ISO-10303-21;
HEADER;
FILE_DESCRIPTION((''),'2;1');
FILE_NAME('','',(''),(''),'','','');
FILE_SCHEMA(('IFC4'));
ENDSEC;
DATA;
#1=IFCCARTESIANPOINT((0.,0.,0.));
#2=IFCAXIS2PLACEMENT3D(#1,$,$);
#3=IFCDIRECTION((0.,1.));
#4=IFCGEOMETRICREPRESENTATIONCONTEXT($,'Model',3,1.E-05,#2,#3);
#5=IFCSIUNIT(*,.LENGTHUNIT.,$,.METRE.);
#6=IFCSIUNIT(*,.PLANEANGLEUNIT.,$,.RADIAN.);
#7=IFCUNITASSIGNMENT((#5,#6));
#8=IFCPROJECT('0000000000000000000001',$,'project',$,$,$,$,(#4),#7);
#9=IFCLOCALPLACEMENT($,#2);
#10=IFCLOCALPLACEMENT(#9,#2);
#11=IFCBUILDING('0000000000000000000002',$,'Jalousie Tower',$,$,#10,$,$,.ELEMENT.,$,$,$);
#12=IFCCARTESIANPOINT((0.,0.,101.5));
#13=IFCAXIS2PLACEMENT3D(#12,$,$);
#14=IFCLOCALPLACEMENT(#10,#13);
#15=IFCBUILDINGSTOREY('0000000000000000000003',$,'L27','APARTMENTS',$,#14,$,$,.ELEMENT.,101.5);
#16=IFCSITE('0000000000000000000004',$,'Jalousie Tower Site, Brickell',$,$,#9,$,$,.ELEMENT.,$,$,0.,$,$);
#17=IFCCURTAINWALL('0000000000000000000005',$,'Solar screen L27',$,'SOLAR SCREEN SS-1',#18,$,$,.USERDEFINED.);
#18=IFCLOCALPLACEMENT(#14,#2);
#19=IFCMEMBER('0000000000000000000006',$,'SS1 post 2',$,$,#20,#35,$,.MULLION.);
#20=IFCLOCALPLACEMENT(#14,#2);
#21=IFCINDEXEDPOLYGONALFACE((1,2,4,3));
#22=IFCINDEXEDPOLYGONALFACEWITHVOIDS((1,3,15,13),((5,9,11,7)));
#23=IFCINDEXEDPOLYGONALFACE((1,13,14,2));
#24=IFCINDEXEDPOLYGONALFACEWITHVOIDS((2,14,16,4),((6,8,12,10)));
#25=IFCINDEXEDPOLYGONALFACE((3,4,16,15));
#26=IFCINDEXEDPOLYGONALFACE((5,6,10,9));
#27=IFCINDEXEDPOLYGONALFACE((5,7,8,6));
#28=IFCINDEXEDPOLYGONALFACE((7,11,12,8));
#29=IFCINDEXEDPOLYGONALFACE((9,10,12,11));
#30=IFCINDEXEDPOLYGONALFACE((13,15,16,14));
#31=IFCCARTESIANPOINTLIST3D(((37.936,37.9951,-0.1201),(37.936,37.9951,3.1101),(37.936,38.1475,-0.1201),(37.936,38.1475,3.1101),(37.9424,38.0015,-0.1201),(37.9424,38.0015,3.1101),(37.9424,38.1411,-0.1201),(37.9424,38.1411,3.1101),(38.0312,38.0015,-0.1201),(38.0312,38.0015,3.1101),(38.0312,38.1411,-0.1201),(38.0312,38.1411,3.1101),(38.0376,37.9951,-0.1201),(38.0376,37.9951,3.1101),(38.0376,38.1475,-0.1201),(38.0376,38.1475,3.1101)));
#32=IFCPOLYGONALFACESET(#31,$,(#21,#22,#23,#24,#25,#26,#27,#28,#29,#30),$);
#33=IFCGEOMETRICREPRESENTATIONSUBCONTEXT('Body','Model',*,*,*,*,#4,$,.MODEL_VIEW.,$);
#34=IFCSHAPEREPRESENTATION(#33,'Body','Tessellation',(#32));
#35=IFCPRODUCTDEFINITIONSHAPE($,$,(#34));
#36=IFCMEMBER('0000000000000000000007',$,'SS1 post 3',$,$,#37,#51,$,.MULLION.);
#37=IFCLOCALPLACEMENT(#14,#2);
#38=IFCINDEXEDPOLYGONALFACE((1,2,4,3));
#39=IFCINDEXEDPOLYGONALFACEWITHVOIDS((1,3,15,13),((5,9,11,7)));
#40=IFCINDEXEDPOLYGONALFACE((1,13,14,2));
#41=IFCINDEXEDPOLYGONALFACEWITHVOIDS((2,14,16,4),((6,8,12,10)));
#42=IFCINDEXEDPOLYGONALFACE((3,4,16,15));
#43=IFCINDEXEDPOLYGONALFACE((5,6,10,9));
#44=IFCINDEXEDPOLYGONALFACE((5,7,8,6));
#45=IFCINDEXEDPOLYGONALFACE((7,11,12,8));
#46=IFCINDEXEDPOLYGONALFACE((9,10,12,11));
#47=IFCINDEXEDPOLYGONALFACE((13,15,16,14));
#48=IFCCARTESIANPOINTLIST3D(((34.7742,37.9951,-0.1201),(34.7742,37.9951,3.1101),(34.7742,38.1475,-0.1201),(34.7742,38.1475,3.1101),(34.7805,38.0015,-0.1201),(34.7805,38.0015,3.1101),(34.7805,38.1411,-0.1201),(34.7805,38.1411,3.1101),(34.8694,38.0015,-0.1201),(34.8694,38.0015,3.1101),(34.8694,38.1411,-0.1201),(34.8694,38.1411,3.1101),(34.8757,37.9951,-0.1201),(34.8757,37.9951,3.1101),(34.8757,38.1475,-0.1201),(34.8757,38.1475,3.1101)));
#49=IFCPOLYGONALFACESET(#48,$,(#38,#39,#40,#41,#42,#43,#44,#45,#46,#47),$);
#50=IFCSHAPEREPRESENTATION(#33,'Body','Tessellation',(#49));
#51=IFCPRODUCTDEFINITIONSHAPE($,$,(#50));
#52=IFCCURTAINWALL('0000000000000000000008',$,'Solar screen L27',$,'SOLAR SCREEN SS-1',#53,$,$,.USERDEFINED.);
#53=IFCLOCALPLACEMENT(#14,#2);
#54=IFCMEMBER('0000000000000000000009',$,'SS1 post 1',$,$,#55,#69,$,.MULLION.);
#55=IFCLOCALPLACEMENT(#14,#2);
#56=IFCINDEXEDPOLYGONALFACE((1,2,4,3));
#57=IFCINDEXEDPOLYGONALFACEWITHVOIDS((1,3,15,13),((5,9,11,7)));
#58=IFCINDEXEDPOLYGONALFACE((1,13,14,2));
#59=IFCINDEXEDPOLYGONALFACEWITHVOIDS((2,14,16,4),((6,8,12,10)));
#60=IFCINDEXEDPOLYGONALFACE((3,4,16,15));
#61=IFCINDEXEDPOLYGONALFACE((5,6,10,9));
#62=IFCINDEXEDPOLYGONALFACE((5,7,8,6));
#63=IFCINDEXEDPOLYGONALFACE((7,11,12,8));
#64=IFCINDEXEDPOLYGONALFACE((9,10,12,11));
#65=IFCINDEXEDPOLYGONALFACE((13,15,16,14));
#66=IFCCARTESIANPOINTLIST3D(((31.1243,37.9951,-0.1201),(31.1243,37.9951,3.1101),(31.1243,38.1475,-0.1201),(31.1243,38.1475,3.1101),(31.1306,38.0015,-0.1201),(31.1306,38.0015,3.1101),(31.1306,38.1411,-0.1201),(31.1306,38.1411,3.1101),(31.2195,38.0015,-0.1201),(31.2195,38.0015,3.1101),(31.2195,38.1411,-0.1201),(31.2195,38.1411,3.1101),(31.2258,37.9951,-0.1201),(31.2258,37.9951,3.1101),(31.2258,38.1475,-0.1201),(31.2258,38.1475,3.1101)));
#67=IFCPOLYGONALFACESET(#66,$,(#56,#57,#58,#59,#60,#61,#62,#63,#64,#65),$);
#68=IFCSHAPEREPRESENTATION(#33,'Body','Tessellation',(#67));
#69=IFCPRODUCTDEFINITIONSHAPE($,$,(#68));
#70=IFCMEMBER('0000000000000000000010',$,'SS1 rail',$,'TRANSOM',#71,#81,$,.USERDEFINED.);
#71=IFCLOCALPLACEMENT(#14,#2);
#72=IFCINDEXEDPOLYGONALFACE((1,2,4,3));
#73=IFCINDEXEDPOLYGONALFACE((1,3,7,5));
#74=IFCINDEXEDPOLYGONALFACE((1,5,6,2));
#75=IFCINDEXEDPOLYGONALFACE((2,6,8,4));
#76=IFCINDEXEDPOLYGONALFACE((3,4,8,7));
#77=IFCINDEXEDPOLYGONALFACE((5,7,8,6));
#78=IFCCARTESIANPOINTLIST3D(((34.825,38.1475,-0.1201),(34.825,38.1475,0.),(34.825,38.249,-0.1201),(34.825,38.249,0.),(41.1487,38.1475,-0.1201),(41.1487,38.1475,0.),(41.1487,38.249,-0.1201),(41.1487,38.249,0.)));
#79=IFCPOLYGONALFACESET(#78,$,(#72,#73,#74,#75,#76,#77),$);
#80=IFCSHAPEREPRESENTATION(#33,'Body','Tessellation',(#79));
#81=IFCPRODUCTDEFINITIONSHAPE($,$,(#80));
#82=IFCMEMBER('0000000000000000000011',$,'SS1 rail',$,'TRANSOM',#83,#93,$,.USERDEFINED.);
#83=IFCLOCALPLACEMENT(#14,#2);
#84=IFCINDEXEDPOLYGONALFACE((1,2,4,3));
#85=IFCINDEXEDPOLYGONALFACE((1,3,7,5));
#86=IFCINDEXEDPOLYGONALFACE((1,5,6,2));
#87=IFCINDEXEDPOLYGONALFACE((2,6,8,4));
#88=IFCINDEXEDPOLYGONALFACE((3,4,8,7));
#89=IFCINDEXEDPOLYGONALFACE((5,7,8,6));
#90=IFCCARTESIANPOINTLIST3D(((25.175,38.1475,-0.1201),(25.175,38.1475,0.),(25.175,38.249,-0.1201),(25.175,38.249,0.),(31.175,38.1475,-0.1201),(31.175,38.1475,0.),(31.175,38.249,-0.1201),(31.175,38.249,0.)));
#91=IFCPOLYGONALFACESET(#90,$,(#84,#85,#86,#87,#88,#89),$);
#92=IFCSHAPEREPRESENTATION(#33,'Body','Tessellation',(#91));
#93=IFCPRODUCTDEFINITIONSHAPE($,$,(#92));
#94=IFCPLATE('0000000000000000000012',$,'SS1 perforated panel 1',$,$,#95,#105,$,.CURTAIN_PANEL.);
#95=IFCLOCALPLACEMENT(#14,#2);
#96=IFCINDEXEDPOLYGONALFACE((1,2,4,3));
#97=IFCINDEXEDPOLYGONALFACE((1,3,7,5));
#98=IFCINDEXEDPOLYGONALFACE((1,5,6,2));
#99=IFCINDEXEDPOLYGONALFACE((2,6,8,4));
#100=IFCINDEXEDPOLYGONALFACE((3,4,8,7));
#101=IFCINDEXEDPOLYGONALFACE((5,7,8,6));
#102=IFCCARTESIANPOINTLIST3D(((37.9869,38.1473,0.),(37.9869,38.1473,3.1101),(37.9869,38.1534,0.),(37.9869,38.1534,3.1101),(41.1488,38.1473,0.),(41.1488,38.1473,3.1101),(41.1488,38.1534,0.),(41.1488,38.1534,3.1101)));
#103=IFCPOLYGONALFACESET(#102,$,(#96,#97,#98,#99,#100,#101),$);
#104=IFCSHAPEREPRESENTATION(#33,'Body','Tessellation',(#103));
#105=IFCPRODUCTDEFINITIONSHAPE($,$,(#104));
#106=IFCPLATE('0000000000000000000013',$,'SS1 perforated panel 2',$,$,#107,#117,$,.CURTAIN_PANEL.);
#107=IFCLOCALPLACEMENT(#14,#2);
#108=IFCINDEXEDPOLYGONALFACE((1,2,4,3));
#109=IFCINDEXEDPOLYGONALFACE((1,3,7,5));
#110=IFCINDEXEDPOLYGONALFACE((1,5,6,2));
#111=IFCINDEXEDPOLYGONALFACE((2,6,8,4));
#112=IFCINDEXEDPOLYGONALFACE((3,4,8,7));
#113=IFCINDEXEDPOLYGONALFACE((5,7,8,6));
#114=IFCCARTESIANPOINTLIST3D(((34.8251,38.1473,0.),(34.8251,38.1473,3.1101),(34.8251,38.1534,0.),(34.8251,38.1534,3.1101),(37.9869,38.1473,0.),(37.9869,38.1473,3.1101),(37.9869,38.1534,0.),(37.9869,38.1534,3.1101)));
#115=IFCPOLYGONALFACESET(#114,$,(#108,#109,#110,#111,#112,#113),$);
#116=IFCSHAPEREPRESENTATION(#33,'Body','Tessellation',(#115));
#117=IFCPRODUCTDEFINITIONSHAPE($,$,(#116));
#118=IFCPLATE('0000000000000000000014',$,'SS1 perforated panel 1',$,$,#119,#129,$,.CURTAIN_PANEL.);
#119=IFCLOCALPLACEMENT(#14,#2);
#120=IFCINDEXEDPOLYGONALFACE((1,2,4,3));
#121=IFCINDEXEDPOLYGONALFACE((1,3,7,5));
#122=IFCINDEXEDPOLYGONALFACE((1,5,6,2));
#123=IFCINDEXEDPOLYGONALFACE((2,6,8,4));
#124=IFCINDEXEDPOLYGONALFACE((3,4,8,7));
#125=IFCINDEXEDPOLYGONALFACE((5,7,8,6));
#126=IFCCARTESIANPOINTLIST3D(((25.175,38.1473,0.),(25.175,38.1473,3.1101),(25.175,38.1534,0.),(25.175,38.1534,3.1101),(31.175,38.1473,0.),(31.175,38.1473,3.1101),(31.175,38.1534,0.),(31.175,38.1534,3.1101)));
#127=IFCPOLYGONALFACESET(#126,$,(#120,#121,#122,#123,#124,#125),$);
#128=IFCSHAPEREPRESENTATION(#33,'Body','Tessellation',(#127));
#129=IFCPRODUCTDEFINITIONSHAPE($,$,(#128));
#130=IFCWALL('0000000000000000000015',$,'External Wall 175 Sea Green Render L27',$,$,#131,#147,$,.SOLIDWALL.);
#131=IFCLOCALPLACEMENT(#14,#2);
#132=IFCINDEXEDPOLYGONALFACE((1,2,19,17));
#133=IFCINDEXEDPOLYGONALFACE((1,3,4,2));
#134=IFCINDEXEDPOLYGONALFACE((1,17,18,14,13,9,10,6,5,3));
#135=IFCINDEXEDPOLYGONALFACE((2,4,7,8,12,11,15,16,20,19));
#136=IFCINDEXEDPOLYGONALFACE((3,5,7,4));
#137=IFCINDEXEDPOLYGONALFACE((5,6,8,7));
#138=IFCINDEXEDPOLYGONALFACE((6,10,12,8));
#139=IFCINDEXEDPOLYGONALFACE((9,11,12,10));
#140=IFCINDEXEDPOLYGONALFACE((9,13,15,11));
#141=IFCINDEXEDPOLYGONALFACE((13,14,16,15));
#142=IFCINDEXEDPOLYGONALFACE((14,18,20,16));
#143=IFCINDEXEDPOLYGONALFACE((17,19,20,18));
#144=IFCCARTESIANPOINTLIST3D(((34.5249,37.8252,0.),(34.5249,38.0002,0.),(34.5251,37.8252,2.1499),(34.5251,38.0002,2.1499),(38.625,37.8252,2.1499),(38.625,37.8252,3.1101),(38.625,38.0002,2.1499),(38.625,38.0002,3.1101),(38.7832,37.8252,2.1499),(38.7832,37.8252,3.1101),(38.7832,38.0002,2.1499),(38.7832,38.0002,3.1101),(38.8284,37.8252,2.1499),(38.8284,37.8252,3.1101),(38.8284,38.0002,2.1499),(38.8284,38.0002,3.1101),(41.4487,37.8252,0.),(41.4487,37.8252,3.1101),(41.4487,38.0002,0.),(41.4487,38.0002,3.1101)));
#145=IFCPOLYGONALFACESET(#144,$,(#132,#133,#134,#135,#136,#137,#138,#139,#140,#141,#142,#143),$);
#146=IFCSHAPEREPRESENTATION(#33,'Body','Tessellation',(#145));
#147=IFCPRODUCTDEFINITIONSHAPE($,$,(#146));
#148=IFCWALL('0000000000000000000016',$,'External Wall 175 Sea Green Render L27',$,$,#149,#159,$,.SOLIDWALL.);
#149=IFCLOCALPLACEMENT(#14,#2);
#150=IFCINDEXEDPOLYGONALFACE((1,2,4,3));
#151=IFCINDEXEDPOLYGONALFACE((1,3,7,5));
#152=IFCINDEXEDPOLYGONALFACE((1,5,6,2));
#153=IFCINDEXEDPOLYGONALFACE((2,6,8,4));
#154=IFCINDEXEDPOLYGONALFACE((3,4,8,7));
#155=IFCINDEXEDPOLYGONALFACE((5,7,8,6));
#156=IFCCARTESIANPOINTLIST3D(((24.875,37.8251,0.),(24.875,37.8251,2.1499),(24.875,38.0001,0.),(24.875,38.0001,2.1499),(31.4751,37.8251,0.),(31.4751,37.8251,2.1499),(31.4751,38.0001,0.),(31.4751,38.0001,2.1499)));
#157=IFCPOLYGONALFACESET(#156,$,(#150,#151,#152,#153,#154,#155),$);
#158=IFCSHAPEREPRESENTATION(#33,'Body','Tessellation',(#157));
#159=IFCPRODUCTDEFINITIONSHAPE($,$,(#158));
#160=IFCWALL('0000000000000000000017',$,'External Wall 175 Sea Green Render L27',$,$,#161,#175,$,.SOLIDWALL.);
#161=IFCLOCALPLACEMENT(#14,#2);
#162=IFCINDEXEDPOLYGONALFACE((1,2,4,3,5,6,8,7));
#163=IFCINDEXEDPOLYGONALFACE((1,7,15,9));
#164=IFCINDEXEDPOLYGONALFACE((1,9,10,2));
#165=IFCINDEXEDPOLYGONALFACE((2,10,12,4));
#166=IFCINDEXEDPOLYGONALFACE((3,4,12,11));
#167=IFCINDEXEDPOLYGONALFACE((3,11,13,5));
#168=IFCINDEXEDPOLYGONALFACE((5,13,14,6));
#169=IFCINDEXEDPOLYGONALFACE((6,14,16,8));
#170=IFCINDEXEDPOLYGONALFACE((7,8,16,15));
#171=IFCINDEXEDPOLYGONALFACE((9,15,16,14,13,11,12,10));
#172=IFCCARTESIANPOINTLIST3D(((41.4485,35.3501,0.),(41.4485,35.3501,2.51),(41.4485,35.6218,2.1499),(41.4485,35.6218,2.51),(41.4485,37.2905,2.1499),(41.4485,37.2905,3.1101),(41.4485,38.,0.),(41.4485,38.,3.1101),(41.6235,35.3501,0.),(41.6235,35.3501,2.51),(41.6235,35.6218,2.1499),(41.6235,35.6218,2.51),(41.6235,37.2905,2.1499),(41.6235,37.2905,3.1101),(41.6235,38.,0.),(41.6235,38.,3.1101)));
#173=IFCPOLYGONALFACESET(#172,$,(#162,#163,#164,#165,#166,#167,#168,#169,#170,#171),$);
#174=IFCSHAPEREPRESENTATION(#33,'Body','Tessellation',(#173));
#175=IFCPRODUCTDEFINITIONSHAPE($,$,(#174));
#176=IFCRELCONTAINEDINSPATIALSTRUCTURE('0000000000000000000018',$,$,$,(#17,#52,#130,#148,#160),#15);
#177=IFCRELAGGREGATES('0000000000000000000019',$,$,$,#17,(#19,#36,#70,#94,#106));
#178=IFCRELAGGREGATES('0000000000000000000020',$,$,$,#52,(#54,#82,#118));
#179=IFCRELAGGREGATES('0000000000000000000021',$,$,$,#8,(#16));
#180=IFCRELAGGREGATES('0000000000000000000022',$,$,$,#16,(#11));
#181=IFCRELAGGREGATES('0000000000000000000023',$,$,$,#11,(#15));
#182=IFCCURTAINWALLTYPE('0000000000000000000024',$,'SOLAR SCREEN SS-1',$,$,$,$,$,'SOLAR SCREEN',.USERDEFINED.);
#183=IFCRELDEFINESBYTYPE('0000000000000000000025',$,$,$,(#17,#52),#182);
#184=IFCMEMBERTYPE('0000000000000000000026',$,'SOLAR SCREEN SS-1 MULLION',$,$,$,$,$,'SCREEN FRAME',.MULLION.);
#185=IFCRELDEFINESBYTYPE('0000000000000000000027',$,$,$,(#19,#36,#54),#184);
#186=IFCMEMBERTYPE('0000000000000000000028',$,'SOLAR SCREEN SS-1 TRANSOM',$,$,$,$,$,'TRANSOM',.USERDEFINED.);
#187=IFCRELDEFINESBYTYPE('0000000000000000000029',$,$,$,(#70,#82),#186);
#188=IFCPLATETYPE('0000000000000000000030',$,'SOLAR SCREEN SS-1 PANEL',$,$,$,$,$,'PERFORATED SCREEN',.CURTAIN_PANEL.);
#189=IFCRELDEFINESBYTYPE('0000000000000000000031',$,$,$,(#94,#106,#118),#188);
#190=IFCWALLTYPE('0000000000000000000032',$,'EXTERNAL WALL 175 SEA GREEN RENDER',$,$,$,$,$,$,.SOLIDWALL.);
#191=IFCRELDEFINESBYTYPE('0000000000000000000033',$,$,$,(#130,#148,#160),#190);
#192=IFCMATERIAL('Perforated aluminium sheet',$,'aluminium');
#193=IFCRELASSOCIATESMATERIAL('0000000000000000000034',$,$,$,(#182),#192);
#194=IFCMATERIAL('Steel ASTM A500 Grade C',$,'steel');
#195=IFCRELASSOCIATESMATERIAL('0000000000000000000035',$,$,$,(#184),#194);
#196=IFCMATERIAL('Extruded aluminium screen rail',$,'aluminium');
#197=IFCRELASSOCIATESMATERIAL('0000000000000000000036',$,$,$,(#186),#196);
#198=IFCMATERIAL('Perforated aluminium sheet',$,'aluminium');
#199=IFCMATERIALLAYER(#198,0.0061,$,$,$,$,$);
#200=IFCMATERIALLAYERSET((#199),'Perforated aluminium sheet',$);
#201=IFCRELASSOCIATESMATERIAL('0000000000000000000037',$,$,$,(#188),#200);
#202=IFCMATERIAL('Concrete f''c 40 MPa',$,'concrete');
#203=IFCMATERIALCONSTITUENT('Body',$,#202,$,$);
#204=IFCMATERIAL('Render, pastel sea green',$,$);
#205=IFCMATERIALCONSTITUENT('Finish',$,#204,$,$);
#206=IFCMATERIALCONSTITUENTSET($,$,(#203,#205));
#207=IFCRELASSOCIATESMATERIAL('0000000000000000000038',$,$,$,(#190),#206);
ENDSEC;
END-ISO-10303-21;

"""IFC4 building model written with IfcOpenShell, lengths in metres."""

from ifc_helpers import new_model, si_unit, direction, frame, frame_2d, origin, origin_2d, place, context, subcontext, project, spatial, polyline, rectangle, hollow_rectangle, outline, extrude, material, layer, layer_set, constituent, constituent_set, material_profile, profile_set, type_object, element, aggregate, save


model = new_model("IFC4")

# Units and contexts
model_context = context("Model", 3, precision=1e-05, world=origin(), true_north=direction((0.0, 1.0)))
body_context = subcontext(model_context, "Body", "Model", "MODEL_VIEW")
ifc_project = project(units=[si_unit("LENGTHUNIT", "METRE"), si_unit("PLANEANGLEUNIT", "RADIAN")], contexts=[model_context])

# Site, building, storey
site_placement = place(None, origin())
site = spatial("IfcSite", under=ifc_project, at=site_placement, Name="Jalousie Tower Site, Brickell", CompositionType="ELEMENT", RefElevation=0.0)
building_placement = place(site_placement, origin())
building = spatial("IfcBuilding", under=site, at=building_placement, Name="Jalousie Tower", CompositionType="ELEMENT")
storey_placement = place(building_placement, frame((0.0, 0.0, 101.5)))
storey = spatial("IfcBuildingStorey", under=building, at=storey_placement, Name="L27", Description="APARTMENTS", CompositionType="ELEMENT", Elevation=101.5)

# Curtain wall, members
ifc_material_1 = material(Name="Perforated aluminium sheet", Category="aluminium")
curtain_wall_type = type_object("IfcCurtainWallType", Name="SOLAR SCREEN SS-1", ElementType="SOLAR SCREEN", PredefinedType="USERDEFINED", material=ifc_material_1)
curtain_wall_1_placement = place(storey_placement, origin())
curtain_wall_1 = element("IfcCurtainWall", 1, at=curtain_wall_1_placement, inside=storey, type_object=curtain_wall_type, Name="Solar screen L27", ObjectType="SOLAR SCREEN SS-1", PredefinedType="USERDEFINED")
ifc_material_2 = material(Name="Steel ASTM A500 Grade C", Category="steel")
ifc_material_profile_1 = material_profile(ifc_material_2, hollow_rectangle(XDim=0.1016, YDim=0.1523, WallThickness=0.0063, at=origin_2d()), Name="HSS6X4X1/4")
ifc_profile_set_1 = profile_set([ifc_material_profile_1], Name="Steel ASTM A500 Grade C")
member_type_1 = type_object("IfcMemberType", Name="SOLAR SCREEN SS-1 MULLION", ElementType="SCREEN FRAME", PredefinedType="MULLION", material=ifc_profile_set_1)
member_1_placement = place(storey_placement, frame((37.9868, 38.0713, -0.1201), z_axis=(0.0, 0.0, 1.0), x_axis=(-1.0, 0.0, 0.0)))
member_1 = element("IfcMember", 2, at=member_1_placement, type_object=member_type_1, Name="SS1 post 2", PredefinedType="MULLION", context=body_context, shape_type="SweptSolid", body=[
    extrude(hollow_rectangle(XDim=0.1016, YDim=0.1523, WallThickness=0.0063, at=origin_2d()), origin(), (0.0, 0.0, 1.0), 3.2302),
])
member_2_placement = place(storey_placement, frame((34.825, 38.0713, -0.1201), z_axis=(0.0, 0.0, 1.0), x_axis=(-1.0, 0.0, 0.0)))
member_2 = element("IfcMember", 3, at=member_2_placement, type_object=member_type_1, Name="SS1 post 3", PredefinedType="MULLION", context=body_context, shape_type="SweptSolid", body=[
    extrude(hollow_rectangle(XDim=0.1016, YDim=0.1523, WallThickness=0.0063, at=origin_2d()), origin(), (0.0, 0.0, 1.0), 3.2302),
])

# Curtain wall, member
curtain_wall_2_placement = place(storey_placement, origin())
curtain_wall_2 = element("IfcCurtainWall", 4, at=curtain_wall_2_placement, inside=storey, type_object=curtain_wall_type, Name="Solar screen L27", ObjectType="SOLAR SCREEN SS-1", PredefinedType="USERDEFINED")
member_3_placement = place(storey_placement, frame((31.175, 38.0713, -0.1201), z_axis=(0.0, 0.0, 1.0), x_axis=(-1.0, 0.0, 0.0)))
member_3 = element("IfcMember", 5, at=member_3_placement, type_object=member_type_1, Name="SS1 post 1", PredefinedType="MULLION", context=body_context, shape_type="SweptSolid", body=[
    extrude(hollow_rectangle(XDim=0.1016, YDim=0.1523, WallThickness=0.0063, at=origin_2d()), origin(), (0.0, 0.0, 1.0), 3.2302),
])

# Members
ifc_material_3 = material(Name="Extruded aluminium screen rail", Category="aluminium")
ifc_material_profile_2 = material_profile(ifc_material_3, rectangle(XDim=0.1016, YDim=0.1201, at=origin_2d()), Name="RAIL 102x120")
ifc_profile_set_2 = profile_set([ifc_material_profile_2], Name="Extruded aluminium screen rail")
member_type_2 = type_object("IfcMemberType", Name="SOLAR SCREEN SS-1 TRANSOM", ElementType="TRANSOM", PredefinedType="USERDEFINED", material=ifc_profile_set_2)
member_4_placement = place(storey_placement, frame((41.1487, 38.1982, -0.0601), z_axis=(-1.0, 0.0, 0.0), x_axis=(0.0, -1.0, 0.0)))
member_4 = element("IfcMember", 6, at=member_4_placement, type_object=member_type_2, Name="SS1 rail", ObjectType="TRANSOM", PredefinedType="USERDEFINED", context=body_context, shape_type="SweptSolid", body=[
    extrude(rectangle(XDim=0.1016, YDim=0.1201, at=origin_2d()), origin(), (0.0, 0.0, 1.0), 6.3237),
])
member_5_placement = place(storey_placement, frame((31.175, 38.1982, -0.0601), z_axis=(-1.0, 0.0, 0.0), x_axis=(0.0, -1.0, 0.0)))
member_5 = element("IfcMember", 7, at=member_5_placement, type_object=member_type_2, Name="SS1 rail", ObjectType="TRANSOM", PredefinedType="USERDEFINED", context=body_context, shape_type="SweptSolid", body=[
    extrude(rectangle(XDim=0.1016, YDim=0.1201, at=origin_2d()), origin(), (0.0, 0.0, 1.0), 6.0),
])

# Plates
ifc_material_4 = material(Name="Perforated aluminium sheet", Category="aluminium")
ifc_layer_1 = layer(ifc_material_4, 0.0061)
ifc_layer_set_1 = layer_set([ifc_layer_1], Name="Perforated aluminium sheet")
plate_type = type_object("IfcPlateType", Name="SOLAR SCREEN SS-1 PANEL", ElementType="PERFORATED SCREEN", PredefinedType="CURTAIN_PANEL", material=ifc_layer_set_1)
plate_1_placement = place(storey_placement, frame((39.5679, 38.1504, 0.0), z_axis=(0.0, 0.0, 1.0), x_axis=(-1.0, 0.0, 0.0)))
plate_1 = element("IfcPlate", 8, at=plate_1_placement, type_object=plate_type, Name="SS1 perforated panel 1", PredefinedType="CURTAIN_PANEL", context=body_context, shape_type="SweptSolid", body=[
    extrude(rectangle(XDim=3.1619, YDim=0.0061, at=origin_2d()), origin(), (0.0, 0.0, 1.0), 3.1101),
])
plate_2_placement = place(storey_placement, frame((36.406, 38.1504, 0.0), z_axis=(0.0, 0.0, 1.0), x_axis=(-1.0, 0.0, 0.0)))
plate_2 = element("IfcPlate", 9, at=plate_2_placement, type_object=plate_type, Name="SS1 perforated panel 2", PredefinedType="CURTAIN_PANEL", context=body_context, shape_type="SweptSolid", body=[
    extrude(rectangle(XDim=3.1619, YDim=0.0061, at=origin_2d()), origin(), (0.0, 0.0, 1.0), 3.1101),
])
aggregate(curtain_wall_1, [member_1, member_2, member_4, plate_1, plate_2])
plate_3_placement = place(storey_placement, frame((28.175, 38.1504, 0.0), z_axis=(0.0, 0.0, 1.0), x_axis=(-1.0, 0.0, 0.0)))
plate_3 = element("IfcPlate", 10, at=plate_3_placement, type_object=plate_type, Name="SS1 perforated panel 1", PredefinedType="CURTAIN_PANEL", context=body_context, shape_type="SweptSolid", body=[
    extrude(rectangle(XDim=6.0, YDim=0.0061, at=origin_2d()), origin(), (0.0, 0.0, 1.0), 3.1101),
])
aggregate(curtain_wall_2, [member_3, member_5, plate_3])

# Walls
ifc_material_5 = material(Name="Concrete f'c 40 MPa", Category="concrete")
ifc_constituent_1 = constituent(ifc_material_5, Name="Body")
ifc_material_6 = material(Name="Render, pastel sea green")
ifc_constituent_2 = constituent(ifc_material_6, Name="Finish")
ifc_constituent_set_1 = constituent_set(constituents=[ifc_constituent_1, ifc_constituent_2])
wall_type_1 = type_object("IfcWallType", Name="EXTERNAL WALL 175 SEA GREEN RENDER", PredefinedType="SOLIDWALL", material=ifc_constituent_set_1)
wall_1_placement = place(storey_placement, frame((41.4487, 37.9126, 0.0), z_axis=(0.0, 0.0, 1.0), x_axis=(-1.0, 0.0, 0.0)))
element("IfcWall", 11, at=wall_1_placement, inside=storey, type_object=wall_type_1, Name="External Wall 175 Sea Green Render L27", PredefinedType="SOLIDWALL", context=body_context, shape_type="SweptSolid", body=[
    extrude(outline(polyline([(0.0, 0.0), (6.9238, 0.0), (6.9236, 2.1499), (2.8237, 2.1499), (2.8237, 3.1101), (2.6655, 3.1101), (2.6655, 2.1499), (2.6204, 2.1499), (2.6204, 3.1101), (0.0, 3.1101), (0.0, 0.0)])), frame((0.0, 0.0874, 0.0), z_axis=(0.0, -1.0, 0.0), x_axis=(1.0, 0.0, 0.0)), (0.0, 0.0, 1.0), 0.175),
])
wall_2_placement = place(storey_placement, frame((31.4751, 37.9126, 0.0), z_axis=(0.0, 0.0, 1.0), x_axis=(-1.0, 0.0, 0.0)))
element("IfcWall", 12, at=wall_2_placement, inside=storey, type_object=wall_type_1, Name="External Wall 175 Sea Green Render L27", PredefinedType="SOLIDWALL", context=body_context, shape_type="SweptSolid", body=[
    extrude(rectangle(XDim=6.6001, YDim=0.175, at=frame_2d((3.3, 0.0))), origin(), (0.0, 0.0, 1.0), 2.1499),
])
wall_3_placement = place(storey_placement, frame((41.5361, 38.0, 0.0), z_axis=(0.0, 0.0, 1.0), x_axis=(0.0, -1.0, 0.0)))
element("IfcWall", 13, at=wall_3_placement, inside=storey, type_object=wall_type_1, Name="External Wall 175 Sea Green Render L27", PredefinedType="SOLIDWALL", context=body_context, shape_type="SweptSolid", body=[
    extrude(outline(polyline([(0.0, 0.0), (2.6499, 0.0), (2.6499, 2.51), (2.3782, 2.51), (2.3782, 2.1499), (0.7095, 2.1499), (0.7095, 3.1101), (0.0, 3.1101), (0.0, 0.0)])), frame((0.0, 0.0874, 0.0), z_axis=(0.0, -1.0, 0.0), x_axis=(1.0, 0.0, 0.0)), (0.0, 0.0, 1.0), 0.175),
])

save(model, "model.ifc")
